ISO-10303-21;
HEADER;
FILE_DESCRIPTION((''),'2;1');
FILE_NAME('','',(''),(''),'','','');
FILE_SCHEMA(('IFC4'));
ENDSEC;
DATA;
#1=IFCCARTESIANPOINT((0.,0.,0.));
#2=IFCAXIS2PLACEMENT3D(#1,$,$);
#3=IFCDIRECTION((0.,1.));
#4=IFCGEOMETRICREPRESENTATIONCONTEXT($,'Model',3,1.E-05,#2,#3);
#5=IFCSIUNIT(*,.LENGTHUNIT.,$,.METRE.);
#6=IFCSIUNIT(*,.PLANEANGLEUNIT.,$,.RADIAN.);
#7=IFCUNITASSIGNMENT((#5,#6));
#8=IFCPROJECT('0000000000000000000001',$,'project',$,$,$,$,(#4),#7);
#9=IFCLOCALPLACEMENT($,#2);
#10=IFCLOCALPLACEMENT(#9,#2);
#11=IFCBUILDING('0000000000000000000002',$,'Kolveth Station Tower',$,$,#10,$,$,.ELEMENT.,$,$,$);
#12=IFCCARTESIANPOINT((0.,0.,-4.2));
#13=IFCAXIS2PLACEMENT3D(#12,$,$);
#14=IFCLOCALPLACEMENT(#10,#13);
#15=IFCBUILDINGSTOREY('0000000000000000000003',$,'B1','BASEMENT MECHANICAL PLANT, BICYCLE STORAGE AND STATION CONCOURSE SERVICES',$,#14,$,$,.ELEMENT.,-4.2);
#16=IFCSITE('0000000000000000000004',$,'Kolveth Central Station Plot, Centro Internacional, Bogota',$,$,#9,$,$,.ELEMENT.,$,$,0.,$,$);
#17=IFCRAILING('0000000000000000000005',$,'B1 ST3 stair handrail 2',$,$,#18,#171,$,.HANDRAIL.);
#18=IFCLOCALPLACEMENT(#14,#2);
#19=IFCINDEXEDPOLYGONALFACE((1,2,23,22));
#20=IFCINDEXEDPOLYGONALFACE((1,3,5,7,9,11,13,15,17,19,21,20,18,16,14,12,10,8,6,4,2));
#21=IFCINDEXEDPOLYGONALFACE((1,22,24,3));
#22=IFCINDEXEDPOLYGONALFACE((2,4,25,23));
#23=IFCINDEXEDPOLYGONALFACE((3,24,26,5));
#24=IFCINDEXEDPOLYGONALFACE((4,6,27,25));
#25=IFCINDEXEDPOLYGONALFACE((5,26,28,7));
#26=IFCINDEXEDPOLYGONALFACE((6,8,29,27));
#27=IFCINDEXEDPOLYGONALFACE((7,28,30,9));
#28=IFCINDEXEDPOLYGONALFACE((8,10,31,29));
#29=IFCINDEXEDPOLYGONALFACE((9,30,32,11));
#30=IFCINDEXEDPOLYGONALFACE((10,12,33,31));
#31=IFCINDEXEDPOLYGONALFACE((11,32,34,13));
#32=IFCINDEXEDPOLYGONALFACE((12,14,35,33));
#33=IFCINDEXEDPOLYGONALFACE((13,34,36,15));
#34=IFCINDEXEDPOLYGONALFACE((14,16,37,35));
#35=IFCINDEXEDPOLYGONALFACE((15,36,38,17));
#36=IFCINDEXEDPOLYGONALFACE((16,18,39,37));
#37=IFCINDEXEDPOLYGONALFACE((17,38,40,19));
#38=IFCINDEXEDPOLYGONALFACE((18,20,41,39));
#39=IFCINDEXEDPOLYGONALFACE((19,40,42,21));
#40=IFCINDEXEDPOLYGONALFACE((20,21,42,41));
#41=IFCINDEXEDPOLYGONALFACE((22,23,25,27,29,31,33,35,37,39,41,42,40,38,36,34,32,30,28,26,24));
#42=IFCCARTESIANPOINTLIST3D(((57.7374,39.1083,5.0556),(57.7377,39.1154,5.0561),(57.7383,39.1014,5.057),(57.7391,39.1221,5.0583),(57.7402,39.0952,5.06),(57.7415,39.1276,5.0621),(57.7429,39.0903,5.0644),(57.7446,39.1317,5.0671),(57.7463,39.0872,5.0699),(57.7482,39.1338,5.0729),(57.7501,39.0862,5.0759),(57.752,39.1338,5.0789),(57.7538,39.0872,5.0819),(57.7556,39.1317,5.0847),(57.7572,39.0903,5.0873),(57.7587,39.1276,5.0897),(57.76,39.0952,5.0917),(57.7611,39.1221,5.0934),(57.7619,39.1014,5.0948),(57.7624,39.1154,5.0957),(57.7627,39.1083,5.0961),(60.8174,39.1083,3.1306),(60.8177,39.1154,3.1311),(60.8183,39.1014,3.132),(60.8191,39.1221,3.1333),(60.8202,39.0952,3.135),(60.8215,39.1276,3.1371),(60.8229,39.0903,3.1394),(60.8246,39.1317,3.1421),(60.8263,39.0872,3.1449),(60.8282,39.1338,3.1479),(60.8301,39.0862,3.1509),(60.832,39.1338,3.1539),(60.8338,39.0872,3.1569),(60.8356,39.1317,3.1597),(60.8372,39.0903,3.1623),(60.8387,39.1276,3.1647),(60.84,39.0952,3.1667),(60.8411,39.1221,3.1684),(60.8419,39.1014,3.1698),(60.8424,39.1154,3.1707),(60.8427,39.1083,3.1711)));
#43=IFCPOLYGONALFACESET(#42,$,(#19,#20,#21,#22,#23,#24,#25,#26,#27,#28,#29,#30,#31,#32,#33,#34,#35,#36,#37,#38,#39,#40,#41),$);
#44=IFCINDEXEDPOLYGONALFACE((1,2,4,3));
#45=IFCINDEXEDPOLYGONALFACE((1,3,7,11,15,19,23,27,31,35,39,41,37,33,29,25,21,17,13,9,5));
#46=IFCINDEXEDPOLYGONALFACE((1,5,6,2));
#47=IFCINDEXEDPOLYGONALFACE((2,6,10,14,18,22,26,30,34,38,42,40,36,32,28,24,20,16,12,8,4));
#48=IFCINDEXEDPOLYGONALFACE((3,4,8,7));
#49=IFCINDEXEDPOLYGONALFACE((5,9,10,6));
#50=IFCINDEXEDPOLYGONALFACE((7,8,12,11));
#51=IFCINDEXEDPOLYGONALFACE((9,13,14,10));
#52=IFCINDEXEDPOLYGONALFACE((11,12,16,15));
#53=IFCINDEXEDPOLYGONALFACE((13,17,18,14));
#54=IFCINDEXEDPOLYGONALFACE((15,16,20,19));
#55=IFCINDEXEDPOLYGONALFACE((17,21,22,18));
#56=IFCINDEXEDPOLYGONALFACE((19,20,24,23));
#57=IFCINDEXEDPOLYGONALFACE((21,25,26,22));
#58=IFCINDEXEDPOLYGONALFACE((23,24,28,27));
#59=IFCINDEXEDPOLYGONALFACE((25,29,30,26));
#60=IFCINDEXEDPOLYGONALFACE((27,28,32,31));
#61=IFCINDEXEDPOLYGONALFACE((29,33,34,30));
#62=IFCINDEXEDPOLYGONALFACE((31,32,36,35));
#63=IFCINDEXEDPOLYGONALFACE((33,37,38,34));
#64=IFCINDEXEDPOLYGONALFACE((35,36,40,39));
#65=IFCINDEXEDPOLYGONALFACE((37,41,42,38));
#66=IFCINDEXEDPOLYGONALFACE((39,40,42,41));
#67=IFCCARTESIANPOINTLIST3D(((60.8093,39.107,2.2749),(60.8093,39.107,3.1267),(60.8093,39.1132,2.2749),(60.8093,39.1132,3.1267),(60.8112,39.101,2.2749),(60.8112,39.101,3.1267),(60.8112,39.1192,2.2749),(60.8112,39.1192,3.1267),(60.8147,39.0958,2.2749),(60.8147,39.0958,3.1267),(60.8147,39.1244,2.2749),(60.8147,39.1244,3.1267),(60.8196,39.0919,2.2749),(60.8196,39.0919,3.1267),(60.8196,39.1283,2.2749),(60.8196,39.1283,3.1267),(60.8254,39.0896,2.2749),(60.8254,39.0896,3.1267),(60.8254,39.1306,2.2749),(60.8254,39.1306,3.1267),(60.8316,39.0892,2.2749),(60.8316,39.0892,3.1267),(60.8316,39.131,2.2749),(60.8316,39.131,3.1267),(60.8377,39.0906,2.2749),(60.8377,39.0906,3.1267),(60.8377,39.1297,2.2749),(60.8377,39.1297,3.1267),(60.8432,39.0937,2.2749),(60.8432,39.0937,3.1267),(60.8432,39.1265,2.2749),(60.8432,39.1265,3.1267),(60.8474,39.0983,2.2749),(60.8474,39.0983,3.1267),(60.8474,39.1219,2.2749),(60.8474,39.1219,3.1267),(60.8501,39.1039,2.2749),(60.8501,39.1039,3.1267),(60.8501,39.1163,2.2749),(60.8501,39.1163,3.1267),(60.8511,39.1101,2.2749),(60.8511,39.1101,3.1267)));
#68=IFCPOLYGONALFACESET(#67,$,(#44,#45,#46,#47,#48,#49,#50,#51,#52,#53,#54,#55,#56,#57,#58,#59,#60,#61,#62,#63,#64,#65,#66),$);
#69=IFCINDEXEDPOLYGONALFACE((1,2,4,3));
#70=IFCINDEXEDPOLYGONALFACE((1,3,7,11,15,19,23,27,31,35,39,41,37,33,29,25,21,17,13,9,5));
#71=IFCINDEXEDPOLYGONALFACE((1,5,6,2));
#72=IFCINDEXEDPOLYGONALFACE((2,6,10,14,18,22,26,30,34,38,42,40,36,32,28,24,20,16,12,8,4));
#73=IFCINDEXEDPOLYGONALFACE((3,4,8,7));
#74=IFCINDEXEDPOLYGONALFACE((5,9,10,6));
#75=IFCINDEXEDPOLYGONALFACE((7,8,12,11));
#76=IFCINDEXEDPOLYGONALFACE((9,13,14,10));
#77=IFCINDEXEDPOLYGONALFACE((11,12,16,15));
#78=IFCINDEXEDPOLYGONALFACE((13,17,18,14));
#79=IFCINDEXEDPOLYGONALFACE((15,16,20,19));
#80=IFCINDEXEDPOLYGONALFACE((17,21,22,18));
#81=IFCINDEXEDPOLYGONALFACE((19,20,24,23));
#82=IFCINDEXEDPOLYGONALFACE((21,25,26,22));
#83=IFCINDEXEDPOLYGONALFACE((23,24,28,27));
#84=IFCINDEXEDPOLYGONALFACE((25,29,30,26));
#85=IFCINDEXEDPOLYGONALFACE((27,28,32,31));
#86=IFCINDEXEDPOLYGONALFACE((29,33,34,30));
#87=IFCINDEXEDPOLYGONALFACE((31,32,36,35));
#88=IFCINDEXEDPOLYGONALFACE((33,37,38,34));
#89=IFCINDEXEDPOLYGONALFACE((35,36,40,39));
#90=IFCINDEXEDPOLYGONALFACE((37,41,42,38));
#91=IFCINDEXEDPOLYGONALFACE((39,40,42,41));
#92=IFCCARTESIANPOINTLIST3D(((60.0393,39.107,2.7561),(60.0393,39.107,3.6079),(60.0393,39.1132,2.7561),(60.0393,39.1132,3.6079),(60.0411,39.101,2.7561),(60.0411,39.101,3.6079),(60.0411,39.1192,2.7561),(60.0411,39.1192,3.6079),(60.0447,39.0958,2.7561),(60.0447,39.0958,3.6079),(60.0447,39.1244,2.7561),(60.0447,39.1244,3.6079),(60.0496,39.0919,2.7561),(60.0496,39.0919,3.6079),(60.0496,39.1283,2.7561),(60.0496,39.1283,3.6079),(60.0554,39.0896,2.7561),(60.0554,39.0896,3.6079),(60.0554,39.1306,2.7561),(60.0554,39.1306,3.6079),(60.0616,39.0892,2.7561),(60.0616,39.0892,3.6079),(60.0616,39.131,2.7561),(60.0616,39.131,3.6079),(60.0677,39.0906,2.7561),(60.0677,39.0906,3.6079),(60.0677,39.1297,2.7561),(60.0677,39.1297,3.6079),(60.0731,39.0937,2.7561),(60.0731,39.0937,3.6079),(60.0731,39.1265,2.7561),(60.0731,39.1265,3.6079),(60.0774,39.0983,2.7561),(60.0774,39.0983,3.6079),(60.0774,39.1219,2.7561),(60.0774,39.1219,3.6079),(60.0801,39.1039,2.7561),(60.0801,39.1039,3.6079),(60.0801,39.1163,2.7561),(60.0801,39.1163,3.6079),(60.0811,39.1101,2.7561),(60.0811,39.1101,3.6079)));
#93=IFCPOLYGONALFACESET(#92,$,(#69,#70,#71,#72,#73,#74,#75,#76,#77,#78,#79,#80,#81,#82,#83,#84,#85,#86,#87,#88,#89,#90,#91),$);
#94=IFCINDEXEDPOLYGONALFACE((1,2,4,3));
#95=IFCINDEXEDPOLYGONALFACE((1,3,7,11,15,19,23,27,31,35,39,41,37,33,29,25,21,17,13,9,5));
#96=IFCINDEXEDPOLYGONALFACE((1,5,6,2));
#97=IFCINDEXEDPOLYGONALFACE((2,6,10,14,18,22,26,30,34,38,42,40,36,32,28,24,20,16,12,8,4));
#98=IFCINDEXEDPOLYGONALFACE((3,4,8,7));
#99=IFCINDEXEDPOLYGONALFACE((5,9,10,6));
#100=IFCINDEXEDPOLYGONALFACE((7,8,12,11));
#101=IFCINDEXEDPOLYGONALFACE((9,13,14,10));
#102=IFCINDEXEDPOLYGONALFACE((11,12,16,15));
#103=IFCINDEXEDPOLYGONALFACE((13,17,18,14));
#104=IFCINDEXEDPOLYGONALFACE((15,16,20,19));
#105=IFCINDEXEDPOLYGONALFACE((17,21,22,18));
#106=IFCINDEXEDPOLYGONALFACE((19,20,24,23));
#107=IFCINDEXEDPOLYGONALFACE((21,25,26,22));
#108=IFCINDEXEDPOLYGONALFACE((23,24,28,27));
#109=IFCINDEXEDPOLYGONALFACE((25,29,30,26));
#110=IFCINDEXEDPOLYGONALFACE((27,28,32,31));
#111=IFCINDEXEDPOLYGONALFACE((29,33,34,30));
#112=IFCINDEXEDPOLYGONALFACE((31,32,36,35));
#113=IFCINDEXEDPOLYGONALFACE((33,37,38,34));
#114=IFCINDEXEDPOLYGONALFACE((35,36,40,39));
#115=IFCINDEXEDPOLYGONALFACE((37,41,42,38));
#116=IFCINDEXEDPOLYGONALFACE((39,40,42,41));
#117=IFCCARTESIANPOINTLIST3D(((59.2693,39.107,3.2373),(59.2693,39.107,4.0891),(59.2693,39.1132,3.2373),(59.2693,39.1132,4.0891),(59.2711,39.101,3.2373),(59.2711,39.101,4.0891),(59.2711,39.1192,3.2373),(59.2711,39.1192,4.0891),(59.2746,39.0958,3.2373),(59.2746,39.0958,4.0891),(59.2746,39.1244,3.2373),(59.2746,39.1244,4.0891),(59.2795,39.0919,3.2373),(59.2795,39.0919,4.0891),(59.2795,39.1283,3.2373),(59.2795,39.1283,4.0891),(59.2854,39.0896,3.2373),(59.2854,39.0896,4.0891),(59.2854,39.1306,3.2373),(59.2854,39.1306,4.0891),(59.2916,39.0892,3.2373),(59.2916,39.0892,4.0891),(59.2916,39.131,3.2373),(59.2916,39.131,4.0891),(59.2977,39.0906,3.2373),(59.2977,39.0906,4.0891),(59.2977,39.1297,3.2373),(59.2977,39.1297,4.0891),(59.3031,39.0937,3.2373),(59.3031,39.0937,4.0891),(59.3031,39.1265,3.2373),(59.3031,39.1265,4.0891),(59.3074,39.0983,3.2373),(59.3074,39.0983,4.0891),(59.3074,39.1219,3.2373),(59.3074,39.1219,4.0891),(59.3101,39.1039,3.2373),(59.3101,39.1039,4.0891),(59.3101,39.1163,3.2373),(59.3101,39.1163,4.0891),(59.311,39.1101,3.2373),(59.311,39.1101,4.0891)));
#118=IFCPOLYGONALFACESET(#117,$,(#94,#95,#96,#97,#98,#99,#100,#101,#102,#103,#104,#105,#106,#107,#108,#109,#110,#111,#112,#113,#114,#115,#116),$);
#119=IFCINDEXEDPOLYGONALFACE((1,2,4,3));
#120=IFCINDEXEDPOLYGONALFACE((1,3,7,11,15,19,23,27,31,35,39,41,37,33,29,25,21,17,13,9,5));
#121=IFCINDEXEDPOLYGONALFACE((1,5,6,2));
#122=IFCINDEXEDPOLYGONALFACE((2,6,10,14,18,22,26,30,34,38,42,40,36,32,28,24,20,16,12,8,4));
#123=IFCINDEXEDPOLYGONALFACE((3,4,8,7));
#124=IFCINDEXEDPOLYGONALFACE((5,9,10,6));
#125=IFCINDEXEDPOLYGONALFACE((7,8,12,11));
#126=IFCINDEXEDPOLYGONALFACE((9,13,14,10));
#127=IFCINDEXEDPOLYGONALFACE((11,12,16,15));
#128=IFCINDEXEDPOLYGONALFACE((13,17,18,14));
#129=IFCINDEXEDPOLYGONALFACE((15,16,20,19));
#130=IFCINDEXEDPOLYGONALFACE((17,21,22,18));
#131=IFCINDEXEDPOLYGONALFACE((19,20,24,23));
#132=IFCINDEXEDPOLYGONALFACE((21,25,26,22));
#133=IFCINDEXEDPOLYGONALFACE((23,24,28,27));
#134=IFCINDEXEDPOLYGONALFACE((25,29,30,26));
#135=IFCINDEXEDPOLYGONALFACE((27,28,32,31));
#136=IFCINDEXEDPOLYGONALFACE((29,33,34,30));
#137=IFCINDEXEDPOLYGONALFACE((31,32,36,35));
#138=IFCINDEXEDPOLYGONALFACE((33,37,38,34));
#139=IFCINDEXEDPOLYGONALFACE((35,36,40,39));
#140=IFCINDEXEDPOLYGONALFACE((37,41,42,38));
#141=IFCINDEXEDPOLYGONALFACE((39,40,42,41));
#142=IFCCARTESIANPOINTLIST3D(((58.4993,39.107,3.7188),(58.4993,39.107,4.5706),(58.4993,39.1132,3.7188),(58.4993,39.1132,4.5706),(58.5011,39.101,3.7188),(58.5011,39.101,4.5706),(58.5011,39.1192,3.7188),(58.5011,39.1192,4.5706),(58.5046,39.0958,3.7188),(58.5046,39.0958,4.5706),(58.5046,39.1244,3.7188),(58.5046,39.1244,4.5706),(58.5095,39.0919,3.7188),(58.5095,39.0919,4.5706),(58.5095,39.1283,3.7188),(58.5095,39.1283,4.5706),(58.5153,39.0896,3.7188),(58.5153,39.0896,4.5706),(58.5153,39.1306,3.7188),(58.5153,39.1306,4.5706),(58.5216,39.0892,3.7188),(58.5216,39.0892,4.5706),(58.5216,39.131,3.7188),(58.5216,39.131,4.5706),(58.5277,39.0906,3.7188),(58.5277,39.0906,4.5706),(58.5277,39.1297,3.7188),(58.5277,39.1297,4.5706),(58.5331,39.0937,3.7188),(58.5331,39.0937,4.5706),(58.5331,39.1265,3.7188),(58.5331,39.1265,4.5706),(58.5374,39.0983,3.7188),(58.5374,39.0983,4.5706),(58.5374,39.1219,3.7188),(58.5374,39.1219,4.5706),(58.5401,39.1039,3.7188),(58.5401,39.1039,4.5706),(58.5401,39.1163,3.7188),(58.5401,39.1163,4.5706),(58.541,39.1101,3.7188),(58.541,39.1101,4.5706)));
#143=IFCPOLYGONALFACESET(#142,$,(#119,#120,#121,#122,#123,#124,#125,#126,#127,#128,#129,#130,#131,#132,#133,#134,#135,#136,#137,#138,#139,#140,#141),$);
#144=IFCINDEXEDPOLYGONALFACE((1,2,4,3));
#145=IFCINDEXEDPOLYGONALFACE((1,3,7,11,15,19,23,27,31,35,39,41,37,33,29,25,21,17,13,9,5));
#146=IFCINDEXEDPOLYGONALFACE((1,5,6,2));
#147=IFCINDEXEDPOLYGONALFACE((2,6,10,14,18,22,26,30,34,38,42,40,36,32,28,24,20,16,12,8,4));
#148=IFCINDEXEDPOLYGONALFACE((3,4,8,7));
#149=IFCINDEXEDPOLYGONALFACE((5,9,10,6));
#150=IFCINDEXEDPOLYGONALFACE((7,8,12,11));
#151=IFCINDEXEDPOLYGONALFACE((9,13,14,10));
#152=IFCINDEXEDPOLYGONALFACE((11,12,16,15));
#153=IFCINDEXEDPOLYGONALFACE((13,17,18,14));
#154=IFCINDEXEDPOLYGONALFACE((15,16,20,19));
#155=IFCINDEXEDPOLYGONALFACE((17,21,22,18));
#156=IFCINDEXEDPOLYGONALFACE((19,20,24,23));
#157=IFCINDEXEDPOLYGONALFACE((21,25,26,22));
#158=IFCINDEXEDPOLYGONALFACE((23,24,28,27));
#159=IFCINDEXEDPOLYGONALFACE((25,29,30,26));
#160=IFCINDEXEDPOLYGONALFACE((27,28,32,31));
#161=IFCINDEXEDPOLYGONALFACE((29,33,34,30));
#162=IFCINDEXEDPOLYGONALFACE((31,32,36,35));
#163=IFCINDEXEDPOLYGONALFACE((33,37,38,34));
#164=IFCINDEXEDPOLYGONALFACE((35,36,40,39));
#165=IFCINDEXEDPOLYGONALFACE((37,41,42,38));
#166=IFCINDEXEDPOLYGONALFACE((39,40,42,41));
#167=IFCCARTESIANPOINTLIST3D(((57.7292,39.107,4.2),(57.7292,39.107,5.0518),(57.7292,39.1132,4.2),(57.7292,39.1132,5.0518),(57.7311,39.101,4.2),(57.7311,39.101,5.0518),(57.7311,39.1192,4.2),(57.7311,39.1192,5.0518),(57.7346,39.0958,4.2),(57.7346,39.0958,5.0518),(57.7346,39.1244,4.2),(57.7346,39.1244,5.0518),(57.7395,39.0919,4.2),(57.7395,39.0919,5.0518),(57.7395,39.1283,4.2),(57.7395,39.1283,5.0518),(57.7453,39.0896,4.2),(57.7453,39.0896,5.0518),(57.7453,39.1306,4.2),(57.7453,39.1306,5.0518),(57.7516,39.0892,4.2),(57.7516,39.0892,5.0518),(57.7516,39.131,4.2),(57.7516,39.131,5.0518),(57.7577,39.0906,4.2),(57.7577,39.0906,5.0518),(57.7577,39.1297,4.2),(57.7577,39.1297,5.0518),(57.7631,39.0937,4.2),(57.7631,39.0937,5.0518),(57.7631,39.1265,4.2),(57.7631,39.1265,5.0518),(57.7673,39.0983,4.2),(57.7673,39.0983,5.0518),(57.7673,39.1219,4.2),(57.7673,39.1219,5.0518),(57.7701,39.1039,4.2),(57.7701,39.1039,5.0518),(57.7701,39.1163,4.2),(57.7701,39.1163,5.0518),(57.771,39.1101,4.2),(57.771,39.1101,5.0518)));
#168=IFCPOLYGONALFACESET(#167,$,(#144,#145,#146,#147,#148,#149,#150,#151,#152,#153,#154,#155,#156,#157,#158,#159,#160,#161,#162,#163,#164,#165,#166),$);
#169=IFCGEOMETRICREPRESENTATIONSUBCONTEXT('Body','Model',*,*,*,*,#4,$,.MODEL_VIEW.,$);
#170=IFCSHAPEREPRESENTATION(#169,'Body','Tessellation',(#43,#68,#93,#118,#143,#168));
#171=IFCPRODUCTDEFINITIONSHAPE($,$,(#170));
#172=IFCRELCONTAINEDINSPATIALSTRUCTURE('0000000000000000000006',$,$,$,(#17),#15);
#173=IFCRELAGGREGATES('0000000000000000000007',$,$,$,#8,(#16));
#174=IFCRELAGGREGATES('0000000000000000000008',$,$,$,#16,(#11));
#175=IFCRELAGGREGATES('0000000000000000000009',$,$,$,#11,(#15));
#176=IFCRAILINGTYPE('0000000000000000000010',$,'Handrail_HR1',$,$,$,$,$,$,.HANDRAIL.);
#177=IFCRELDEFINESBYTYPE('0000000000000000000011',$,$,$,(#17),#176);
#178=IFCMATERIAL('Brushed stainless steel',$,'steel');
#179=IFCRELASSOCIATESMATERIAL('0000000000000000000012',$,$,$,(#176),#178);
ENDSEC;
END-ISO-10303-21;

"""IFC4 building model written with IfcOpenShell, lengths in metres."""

from ifc_helpers import new_model, si_unit, direction, frame, origin, origin_2d, place, context, subcontext, project, spatial, circle, extrude, material, type_object, element, save


model = new_model("IFC4")

# Units and contexts
model_context = context("Model", 3, precision=1e-05, world=origin(), true_north=direction((0.0, 1.0)))
body_context = subcontext(model_context, "Body", "Model", "MODEL_VIEW")
ifc_project = project(units=[si_unit("LENGTHUNIT", "METRE"), si_unit("PLANEANGLEUNIT", "RADIAN")], contexts=[model_context])

# Site, building, storey
site_placement = place(None, origin())
site = spatial("IfcSite", under=ifc_project, at=site_placement, Name="Kolveth Central Station Plot, Centro Internacional, Bogota", CompositionType="ELEMENT", RefElevation=0.0)
building_placement = place(site_placement, origin())
building = spatial("IfcBuilding", under=site, at=building_placement, Name="Kolveth Station Tower", CompositionType="ELEMENT")
storey_placement = place(building_placement, frame((0.0, 0.0, -4.2)))
storey = spatial("IfcBuildingStorey", under=building, at=storey_placement, Name="B1", Description="BASEMENT MECHANICAL PLANT, BICYCLE STORAGE AND STATION CONCOURSE SERVICES", CompositionType="ELEMENT", Elevation=-4.2)

# Railing
ifc_material_1 = material(Name="Brushed stainless steel", Category="steel")
railing_type_1 = type_object("IfcRailingType", Name="Handrail_HR1", PredefinedType="HANDRAIL", material=ifc_material_1)
railing_1_placement = place(storey_placement, frame((60.8301, 39.1101, 2.2749)))
element("IfcRailing", 1, at=railing_1_placement, inside=storey, type_object=railing_type_1, Name="B1 ST3 stair handrail 2", PredefinedType="HANDRAIL", context=body_context, shape_type="SweptSolid", body=[
    extrude(circle(Radius=0.0239, at=origin_2d()), frame((0.0, 0.0, 0.876), z_axis=(-0.847998, 0.0, 0.529999), x_axis=(0.0, -1.0, 0.0)), (0.0, 0.0, 1.0), 3.6321),
    extrude(circle(Radius=0.021, at=origin_2d()), origin(), (0.0, 0.0, 1.0), 0.8518),
    extrude(circle(Radius=0.021, at=origin_2d()), frame((-0.77, 0.0, 0.4812)), (0.0, 0.0, 1.0), 0.8518),
    extrude(circle(Radius=0.021, at=origin_2d()), frame((-1.54, 0.0, 0.9624)), (0.0, 0.0, 1.0), 0.8518),
    extrude(circle(Radius=0.021, at=origin_2d()), frame((-2.3101, 0.0, 1.4438)), (0.0, 0.0, 1.0), 0.8518),
    extrude(circle(Radius=0.021, at=origin_2d()), frame((-3.0801, 0.0, 1.925)), (0.0, 0.0, 1.0), 0.8518),
])

save(model, "model.ifc")
